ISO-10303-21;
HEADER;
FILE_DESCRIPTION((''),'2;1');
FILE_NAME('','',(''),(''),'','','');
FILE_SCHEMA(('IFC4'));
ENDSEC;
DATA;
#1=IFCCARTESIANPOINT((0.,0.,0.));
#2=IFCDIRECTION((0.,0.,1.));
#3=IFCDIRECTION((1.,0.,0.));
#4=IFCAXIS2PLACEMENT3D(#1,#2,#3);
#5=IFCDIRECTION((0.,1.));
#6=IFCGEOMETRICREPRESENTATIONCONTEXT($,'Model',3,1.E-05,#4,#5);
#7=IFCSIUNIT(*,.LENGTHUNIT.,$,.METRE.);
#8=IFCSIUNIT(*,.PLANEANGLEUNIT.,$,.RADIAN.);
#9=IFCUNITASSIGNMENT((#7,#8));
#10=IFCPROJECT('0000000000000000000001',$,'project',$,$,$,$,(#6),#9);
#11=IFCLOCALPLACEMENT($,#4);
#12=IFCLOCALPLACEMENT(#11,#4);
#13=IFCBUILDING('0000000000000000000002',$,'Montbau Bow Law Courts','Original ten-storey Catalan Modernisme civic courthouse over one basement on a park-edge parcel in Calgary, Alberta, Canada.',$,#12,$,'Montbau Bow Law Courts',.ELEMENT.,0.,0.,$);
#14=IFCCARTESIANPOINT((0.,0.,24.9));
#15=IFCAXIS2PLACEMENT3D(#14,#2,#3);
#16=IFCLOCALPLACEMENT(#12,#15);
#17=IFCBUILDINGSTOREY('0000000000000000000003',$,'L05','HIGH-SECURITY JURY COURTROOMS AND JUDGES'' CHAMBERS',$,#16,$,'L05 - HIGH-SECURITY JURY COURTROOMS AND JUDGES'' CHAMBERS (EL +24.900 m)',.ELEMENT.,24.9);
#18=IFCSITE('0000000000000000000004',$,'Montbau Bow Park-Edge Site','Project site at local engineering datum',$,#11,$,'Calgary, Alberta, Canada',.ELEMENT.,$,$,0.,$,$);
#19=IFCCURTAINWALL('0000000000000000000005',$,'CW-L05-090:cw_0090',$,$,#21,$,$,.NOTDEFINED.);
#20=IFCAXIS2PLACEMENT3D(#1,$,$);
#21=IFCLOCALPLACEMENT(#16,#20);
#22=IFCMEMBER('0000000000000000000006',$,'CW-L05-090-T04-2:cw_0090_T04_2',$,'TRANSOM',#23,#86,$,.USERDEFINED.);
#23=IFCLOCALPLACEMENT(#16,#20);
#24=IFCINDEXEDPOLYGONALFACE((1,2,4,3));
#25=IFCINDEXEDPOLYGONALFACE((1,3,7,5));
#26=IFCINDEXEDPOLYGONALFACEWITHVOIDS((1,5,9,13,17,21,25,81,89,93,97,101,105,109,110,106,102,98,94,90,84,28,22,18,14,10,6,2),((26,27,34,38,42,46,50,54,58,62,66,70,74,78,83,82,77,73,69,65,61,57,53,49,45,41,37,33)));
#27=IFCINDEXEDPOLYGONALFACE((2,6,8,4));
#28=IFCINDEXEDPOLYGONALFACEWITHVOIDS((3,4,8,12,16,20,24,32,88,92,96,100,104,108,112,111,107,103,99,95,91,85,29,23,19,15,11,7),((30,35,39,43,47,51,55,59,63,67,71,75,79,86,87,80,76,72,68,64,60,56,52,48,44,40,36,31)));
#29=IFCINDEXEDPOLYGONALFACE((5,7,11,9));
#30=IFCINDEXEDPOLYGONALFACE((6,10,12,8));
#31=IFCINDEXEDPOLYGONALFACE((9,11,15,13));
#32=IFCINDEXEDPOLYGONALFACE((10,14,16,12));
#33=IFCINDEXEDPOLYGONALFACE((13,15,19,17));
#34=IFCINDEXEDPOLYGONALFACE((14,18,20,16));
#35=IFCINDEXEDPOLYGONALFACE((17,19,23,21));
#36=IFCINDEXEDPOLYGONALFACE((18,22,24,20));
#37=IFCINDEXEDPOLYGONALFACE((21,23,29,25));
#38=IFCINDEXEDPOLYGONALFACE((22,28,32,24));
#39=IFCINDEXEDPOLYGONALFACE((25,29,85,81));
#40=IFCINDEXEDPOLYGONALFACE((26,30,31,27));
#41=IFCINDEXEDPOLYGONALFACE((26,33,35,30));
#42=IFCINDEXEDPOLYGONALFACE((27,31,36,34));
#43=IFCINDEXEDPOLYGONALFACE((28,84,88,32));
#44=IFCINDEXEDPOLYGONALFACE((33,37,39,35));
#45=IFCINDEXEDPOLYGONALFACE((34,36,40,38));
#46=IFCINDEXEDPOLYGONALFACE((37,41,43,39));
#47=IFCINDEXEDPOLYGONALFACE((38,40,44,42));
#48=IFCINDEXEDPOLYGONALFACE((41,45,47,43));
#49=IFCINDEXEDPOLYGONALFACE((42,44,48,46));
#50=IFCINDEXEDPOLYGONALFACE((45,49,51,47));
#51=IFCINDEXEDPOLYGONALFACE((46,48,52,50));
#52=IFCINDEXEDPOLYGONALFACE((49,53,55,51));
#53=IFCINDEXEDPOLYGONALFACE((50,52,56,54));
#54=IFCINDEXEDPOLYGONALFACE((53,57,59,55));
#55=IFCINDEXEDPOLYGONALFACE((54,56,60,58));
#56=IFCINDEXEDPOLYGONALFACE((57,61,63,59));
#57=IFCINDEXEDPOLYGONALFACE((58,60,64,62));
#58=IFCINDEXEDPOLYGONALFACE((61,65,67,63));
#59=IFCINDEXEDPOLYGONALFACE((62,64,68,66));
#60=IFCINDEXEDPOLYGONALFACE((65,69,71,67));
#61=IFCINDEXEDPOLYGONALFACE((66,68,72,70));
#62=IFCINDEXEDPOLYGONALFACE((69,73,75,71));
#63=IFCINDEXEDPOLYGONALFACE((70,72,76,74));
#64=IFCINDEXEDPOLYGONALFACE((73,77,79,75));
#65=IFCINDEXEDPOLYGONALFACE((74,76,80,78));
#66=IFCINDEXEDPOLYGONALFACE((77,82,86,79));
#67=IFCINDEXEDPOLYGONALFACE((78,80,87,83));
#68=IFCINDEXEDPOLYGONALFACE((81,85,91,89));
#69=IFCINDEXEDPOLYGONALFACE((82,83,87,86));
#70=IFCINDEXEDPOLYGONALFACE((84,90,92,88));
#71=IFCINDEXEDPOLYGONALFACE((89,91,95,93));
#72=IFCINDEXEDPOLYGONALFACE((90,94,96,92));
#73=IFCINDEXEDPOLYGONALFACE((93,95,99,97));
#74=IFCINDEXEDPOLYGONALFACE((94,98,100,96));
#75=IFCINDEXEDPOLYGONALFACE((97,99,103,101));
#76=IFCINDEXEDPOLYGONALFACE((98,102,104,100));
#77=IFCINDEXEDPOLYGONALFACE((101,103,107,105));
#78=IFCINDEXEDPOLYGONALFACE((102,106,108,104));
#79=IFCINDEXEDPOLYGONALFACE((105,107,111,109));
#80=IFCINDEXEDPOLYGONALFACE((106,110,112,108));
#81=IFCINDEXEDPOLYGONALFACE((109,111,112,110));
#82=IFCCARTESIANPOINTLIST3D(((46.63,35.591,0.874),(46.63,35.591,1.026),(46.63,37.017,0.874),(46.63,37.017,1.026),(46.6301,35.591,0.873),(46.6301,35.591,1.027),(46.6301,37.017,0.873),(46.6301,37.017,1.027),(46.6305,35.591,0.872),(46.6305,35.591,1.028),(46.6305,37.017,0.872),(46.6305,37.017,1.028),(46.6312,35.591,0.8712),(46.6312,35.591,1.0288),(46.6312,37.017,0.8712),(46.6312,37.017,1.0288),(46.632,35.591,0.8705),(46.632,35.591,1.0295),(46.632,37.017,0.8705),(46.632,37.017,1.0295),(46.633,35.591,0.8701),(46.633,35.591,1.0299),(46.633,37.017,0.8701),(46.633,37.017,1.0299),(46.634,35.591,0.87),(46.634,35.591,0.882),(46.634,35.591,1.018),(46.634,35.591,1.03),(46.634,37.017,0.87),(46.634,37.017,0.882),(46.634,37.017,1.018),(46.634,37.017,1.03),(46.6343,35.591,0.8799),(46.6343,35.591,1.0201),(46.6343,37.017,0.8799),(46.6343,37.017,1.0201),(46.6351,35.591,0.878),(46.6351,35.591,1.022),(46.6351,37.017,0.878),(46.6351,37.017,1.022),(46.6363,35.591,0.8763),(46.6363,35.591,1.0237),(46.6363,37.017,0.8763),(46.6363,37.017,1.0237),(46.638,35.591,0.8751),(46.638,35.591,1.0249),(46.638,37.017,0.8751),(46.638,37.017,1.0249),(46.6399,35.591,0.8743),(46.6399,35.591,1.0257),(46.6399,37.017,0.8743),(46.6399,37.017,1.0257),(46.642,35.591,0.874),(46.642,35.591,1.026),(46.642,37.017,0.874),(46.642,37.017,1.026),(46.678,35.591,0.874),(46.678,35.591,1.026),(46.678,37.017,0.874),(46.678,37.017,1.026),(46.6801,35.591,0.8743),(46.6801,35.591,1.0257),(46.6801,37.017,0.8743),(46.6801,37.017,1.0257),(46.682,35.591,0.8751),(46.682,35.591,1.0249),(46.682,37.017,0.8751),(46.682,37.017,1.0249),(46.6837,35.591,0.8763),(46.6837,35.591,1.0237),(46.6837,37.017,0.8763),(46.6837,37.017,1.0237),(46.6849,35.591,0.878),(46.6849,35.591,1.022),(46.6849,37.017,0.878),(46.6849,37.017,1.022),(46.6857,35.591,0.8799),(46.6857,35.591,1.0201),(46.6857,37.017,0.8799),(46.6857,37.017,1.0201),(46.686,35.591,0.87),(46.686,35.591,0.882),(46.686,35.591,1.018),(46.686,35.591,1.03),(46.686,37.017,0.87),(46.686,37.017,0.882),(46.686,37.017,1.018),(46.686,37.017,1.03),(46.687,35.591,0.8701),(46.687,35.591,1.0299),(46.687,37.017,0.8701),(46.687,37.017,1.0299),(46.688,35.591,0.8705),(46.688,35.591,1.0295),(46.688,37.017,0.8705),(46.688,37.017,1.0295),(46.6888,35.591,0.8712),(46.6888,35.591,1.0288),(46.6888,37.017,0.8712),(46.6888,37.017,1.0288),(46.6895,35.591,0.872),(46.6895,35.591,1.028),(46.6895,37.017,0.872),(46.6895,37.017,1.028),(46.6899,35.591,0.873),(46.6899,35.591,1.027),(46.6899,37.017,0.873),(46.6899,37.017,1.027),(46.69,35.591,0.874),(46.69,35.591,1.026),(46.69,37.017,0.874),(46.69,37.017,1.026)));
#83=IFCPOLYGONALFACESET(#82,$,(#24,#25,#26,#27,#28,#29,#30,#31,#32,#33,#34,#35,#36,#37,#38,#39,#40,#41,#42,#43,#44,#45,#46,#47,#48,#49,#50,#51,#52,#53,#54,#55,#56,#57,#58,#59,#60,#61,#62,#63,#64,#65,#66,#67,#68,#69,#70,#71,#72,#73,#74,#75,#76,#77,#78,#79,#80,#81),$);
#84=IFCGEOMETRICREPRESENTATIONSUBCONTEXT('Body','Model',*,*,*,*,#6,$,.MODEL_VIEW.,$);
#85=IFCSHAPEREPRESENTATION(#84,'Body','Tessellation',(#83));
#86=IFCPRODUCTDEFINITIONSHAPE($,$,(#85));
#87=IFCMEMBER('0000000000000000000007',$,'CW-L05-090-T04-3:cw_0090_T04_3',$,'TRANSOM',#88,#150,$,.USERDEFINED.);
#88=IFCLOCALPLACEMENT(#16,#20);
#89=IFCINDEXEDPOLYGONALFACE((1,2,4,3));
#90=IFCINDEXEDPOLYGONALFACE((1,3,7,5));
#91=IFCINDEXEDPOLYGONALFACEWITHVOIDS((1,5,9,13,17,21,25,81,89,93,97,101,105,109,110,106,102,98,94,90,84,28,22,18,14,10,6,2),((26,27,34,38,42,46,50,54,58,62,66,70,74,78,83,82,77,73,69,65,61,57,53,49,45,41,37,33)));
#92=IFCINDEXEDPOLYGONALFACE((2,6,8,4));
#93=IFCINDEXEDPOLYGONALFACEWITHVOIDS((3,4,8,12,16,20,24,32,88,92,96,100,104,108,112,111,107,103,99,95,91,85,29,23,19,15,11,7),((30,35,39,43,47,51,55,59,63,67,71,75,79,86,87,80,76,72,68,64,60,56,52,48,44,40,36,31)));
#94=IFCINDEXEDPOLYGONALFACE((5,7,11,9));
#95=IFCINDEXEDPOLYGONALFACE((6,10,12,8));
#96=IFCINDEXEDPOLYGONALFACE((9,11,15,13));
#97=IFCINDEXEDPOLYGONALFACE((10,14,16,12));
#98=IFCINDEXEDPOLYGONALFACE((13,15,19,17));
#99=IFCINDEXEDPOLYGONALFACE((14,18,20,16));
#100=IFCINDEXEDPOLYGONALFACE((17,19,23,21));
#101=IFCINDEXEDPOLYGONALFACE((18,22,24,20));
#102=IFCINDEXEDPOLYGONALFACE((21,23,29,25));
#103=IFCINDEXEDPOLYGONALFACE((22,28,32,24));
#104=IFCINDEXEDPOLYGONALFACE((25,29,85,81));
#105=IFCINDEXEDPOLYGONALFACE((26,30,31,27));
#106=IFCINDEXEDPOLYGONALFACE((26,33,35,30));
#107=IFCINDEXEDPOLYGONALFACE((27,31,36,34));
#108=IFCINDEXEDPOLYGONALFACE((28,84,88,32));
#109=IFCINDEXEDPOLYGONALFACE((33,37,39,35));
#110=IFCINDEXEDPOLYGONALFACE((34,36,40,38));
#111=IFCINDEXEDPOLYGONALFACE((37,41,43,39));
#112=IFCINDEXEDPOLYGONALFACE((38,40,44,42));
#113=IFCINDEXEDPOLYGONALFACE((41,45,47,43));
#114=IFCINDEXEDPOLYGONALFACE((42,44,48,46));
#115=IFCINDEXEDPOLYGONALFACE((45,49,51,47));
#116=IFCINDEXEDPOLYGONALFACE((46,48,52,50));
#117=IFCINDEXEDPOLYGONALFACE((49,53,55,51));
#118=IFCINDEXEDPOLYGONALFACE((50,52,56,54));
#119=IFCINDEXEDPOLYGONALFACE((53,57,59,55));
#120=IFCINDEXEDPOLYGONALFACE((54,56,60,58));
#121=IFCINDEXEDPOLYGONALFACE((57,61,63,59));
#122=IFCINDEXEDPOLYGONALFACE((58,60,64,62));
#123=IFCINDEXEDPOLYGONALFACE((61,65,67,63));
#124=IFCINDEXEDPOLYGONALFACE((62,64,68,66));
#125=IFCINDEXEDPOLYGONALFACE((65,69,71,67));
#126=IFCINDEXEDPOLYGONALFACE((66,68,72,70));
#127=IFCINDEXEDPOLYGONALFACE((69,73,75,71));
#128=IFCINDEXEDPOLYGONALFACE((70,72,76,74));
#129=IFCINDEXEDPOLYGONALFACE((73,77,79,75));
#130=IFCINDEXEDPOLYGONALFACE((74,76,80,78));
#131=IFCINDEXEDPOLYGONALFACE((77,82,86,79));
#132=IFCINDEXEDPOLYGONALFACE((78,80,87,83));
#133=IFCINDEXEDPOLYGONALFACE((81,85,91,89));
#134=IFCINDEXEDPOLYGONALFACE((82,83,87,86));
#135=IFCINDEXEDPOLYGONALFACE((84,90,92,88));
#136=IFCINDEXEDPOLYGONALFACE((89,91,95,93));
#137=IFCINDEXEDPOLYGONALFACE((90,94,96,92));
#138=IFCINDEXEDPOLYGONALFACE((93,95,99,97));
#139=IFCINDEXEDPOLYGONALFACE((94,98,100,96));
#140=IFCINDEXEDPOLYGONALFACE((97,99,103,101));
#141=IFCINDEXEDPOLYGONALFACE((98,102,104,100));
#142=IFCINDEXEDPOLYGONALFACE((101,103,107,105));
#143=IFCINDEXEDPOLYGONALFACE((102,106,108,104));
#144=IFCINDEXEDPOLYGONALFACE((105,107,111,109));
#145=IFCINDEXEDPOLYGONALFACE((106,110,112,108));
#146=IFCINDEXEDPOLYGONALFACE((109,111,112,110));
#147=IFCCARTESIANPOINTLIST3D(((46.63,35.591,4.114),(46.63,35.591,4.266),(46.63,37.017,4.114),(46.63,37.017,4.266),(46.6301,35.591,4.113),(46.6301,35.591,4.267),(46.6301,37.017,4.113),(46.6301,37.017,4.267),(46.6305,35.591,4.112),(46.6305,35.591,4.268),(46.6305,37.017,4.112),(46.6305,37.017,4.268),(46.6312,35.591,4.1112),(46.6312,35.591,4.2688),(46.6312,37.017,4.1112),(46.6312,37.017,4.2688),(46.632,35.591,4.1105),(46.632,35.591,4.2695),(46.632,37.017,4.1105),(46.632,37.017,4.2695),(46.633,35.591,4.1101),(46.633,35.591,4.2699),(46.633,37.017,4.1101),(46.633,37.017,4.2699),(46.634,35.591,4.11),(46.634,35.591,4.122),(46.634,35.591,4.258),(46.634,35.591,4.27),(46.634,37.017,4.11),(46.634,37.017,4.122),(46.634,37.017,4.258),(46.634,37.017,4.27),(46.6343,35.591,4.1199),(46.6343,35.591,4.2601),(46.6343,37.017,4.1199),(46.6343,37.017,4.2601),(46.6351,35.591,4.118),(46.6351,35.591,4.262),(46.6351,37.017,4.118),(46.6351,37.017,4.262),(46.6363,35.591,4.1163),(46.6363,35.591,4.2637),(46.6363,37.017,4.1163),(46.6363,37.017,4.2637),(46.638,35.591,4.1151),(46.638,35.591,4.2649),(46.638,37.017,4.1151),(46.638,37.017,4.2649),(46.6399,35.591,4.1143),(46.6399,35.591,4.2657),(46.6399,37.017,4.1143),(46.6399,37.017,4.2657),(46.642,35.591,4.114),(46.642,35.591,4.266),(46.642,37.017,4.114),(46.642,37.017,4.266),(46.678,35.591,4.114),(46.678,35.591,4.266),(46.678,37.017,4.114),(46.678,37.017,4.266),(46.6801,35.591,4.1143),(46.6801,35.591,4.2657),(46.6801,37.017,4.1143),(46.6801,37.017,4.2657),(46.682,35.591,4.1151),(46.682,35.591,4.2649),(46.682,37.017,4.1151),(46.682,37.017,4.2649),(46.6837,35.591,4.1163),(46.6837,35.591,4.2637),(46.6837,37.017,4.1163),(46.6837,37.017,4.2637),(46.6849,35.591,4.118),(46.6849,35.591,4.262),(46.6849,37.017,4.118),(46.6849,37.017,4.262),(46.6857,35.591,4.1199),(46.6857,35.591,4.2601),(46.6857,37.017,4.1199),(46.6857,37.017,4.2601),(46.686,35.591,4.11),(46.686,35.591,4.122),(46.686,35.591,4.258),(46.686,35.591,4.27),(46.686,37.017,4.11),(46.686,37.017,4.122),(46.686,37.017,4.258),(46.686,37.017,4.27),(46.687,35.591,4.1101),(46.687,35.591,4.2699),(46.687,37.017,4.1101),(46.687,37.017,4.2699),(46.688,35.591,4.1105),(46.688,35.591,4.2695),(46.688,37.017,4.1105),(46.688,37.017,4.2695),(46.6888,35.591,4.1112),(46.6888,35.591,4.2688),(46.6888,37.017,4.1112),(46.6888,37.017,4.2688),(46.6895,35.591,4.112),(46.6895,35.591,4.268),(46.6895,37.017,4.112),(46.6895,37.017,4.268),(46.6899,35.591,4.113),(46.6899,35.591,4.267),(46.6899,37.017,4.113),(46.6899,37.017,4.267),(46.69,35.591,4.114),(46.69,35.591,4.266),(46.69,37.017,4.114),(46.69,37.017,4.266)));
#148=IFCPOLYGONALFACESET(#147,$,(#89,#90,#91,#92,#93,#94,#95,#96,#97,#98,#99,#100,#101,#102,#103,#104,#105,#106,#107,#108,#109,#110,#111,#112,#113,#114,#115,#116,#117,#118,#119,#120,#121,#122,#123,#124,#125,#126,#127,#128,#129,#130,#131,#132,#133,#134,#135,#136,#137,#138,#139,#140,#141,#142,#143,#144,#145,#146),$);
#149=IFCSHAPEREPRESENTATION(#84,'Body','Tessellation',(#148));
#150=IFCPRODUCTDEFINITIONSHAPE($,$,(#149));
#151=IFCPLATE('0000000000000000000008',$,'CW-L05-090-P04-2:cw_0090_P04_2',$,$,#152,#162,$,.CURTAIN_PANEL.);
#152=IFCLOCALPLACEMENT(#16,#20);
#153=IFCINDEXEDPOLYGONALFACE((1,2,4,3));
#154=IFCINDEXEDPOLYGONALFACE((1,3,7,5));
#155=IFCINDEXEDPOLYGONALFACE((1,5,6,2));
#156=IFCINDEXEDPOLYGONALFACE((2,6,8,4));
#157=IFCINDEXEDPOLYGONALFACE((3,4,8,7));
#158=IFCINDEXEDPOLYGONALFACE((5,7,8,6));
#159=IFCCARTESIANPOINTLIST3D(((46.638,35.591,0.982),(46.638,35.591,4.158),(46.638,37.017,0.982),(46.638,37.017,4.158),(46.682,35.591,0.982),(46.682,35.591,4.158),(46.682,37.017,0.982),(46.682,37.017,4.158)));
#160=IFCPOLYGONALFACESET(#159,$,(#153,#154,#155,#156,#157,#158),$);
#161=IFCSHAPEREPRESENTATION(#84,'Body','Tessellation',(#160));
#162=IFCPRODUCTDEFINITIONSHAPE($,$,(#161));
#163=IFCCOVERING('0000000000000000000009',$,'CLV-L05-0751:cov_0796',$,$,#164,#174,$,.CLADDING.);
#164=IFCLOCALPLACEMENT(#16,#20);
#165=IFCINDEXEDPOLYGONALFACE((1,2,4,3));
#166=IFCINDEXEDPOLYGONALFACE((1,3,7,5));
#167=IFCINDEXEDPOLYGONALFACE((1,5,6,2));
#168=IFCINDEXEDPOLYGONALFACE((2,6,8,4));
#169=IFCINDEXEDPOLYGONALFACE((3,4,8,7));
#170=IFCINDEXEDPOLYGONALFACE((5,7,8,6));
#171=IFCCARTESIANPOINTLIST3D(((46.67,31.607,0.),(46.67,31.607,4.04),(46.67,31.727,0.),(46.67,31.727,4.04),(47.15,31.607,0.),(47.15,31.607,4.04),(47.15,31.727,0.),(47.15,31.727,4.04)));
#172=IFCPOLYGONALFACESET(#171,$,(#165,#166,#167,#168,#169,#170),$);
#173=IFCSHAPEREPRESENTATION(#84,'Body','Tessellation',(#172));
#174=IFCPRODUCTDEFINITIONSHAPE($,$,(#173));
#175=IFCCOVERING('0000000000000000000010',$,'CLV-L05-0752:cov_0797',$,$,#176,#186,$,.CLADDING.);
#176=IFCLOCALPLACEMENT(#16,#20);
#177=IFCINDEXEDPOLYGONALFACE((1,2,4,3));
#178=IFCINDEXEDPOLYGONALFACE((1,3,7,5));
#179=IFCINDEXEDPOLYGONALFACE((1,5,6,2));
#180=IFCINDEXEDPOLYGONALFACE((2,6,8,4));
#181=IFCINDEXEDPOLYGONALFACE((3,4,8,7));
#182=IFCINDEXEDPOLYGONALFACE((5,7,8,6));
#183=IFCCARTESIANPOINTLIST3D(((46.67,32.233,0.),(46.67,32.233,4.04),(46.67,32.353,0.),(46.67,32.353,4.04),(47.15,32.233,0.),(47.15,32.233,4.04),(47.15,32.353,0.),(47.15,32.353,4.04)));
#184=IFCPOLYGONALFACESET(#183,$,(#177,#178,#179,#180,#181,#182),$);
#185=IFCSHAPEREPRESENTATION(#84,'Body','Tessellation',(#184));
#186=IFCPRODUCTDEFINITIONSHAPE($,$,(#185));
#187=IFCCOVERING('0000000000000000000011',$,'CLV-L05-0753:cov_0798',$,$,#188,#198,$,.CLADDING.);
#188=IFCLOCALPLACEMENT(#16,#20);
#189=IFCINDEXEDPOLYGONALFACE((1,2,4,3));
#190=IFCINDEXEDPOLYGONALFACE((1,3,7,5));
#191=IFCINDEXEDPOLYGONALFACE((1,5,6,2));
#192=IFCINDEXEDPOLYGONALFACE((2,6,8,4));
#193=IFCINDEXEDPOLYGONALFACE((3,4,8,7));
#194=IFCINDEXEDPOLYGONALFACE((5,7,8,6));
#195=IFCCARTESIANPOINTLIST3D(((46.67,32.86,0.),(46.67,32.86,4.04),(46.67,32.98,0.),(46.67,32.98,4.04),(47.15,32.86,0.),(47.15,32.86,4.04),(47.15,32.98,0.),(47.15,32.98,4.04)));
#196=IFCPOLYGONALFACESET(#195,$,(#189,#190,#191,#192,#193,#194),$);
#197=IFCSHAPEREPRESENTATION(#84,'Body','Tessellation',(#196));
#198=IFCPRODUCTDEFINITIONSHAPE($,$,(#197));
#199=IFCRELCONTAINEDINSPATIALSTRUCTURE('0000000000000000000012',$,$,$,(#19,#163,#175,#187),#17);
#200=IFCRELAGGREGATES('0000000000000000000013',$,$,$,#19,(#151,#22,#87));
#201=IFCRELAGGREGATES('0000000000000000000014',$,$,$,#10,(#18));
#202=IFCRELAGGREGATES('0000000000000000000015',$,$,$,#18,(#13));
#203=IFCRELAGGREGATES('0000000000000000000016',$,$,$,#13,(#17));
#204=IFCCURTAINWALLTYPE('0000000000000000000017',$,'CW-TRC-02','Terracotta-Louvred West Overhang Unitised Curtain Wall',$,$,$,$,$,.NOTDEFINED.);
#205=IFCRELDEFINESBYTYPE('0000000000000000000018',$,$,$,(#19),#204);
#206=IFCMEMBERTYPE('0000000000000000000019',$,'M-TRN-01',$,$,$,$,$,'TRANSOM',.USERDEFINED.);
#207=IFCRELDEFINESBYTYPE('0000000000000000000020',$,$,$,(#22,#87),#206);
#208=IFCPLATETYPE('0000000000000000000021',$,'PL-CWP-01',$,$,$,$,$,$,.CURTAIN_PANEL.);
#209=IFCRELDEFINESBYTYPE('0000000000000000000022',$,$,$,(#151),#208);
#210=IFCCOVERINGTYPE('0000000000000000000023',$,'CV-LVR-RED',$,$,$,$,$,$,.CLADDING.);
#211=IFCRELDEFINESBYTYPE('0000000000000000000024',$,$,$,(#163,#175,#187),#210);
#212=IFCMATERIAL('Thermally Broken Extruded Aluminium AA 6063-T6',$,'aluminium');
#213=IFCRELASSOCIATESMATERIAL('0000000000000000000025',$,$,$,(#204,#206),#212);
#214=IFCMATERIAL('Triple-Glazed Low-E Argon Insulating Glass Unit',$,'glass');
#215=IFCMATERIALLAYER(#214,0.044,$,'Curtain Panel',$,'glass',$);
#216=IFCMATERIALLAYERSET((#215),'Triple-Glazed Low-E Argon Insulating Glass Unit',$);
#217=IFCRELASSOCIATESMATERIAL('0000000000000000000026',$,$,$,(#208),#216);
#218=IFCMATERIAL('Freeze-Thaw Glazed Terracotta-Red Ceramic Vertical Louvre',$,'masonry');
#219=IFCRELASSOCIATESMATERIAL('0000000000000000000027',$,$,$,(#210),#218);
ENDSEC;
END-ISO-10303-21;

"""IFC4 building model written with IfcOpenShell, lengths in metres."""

from ifc_helpers import new_model, si_unit, direction, frame, frame_2d, origin_with_axes, origin_2d_with_axis, place, context, subcontext, project, spatial, rectangle, hollow_rectangle, extrude, material, layer, layer_set, material_profile, profile_set, type_object, element, aggregate, save


model = new_model("IFC4")

# Units and contexts
model_context = context("Model", 3, precision=1e-05, world=origin_with_axes(), true_north=direction((0.0, 1.0)))
body_context = subcontext(model_context, "Body", "Model", "MODEL_VIEW")
ifc_project = project(units=[si_unit("LENGTHUNIT", "METRE"), si_unit("PLANEANGLEUNIT", "RADIAN")], contexts=[model_context])

# Site, building, storey
site_placement = place(None, origin_with_axes())
site = spatial("IfcSite", under=ifc_project, at=site_placement, Name="Montbau Bow Park-Edge Site", Description="Project site at local engineering datum", LongName="Calgary, Alberta, Canada", CompositionType="ELEMENT", RefElevation=0.0)
building_placement = place(site_placement, origin_with_axes())
building = spatial("IfcBuilding", under=site, at=building_placement, Name="Montbau Bow Law Courts", Description="Original ten-storey Catalan Modernisme civic courthouse over one basement on a park-edge parcel in Calgary, Alberta, Canada.", LongName="Montbau Bow Law Courts", CompositionType="ELEMENT", ElevationOfRefHeight=0.0, ElevationOfTerrain=0.0)
storey_placement = place(building_placement, frame((0.0, 0.0, 24.9), z_axis=(0.0, 0.0, 1.0), x_axis=(1.0, 0.0, 0.0)))
storey = spatial("IfcBuildingStorey", under=building, at=storey_placement, Name="L05", Description="HIGH-SECURITY JURY COURTROOMS AND JUDGES' CHAMBERS", LongName="L05 - HIGH-SECURITY JURY COURTROOMS AND JUDGES' CHAMBERS (EL +24.900 m)", CompositionType="ELEMENT", Elevation=24.9)

# Curtain wall, members, plate
ifc_material_1 = material(Name="Thermally Broken Extruded Aluminium AA 6063-T6", Category="aluminium")
curtain_wall_type = type_object("IfcCurtainWallType", Name="CW-TRC-02", Description="Terracotta-Louvred West Overhang Unitised Curtain Wall", PredefinedType="NOTDEFINED", material=ifc_material_1)
curtain_wall_placement = place(None, frame((46.66, 31.04, 24.9), z_axis=(0.0, 0.0, 1.0), x_axis=(1.0, 0.0, 0.0)))
curtain_wall = element("IfcCurtainWall", 1, at=curtain_wall_placement, inside=storey, type_object=curtain_wall_type, Name="CW-L05-090:cw_0090", PredefinedType="NOTDEFINED")
ifc_material_profile_1 = material_profile(ifc_material_1, hollow_rectangle(XDim=0.06, YDim=0.16, WallThickness=0.004, InnerFilletRadius=0.008, OuterFilletRadius=0.004, at=origin_2d_with_axis()), Name="CWT-160X60", Category="Main", Priority=0)
ifc_profile_set_1 = profile_set([ifc_material_profile_1], Name="Thermally Broken Extruded Aluminium AA 6063-T6")
member_type = type_object("IfcMemberType", Name="M-TRN-01", ElementType="TRANSOM", PredefinedType="USERDEFINED", material=ifc_profile_set_1)
member_1_placement = place(None, frame((46.66, 35.591, 25.85), z_axis=(0.0, 1.0, 0.0), x_axis=(-1.0, 0.0, 0.0)))
member_1 = element("IfcMember", 2, at=member_1_placement, type_object=member_type, Name="CW-L05-090-T04-2:cw_0090_T04_2", ObjectType="TRANSOM", PredefinedType="USERDEFINED", context=body_context, shape_type="SweptSolid", body=[
    extrude(hollow_rectangle(XDim=0.06, YDim=0.16, WallThickness=0.004, InnerFilletRadius=0.008, OuterFilletRadius=0.004, at=origin_2d_with_axis()), origin_with_axes(), (0.0, 0.0, 1.0), 1.426),
])
member_2_placement = place(None, frame((46.66, 35.591, 29.09), z_axis=(0.0, 1.0, 0.0), x_axis=(-1.0, 0.0, 0.0)))
member_2 = element("IfcMember", 3, at=member_2_placement, type_object=member_type, Name="CW-L05-090-T04-3:cw_0090_T04_3", ObjectType="TRANSOM", PredefinedType="USERDEFINED", context=body_context, shape_type="SweptSolid", body=[
    extrude(hollow_rectangle(XDim=0.06, YDim=0.16, WallThickness=0.004, InnerFilletRadius=0.008, OuterFilletRadius=0.004, at=origin_2d_with_axis()), origin_with_axes(), (0.0, 0.0, 1.0), 1.426),
])
ifc_material_2 = material(Name="Triple-Glazed Low-E Argon Insulating Glass Unit", Category="glass")
ifc_layer = layer(ifc_material_2, 0.044, Name="Curtain Panel", Category="glass")
ifc_layer_set = layer_set([ifc_layer], Name="Triple-Glazed Low-E Argon Insulating Glass Unit")
plate_type = type_object("IfcPlateType", Name="PL-CWP-01", PredefinedType="CURTAIN_PANEL", material=ifc_layer_set)
plate_placement = place(None, frame((46.66, 35.591, 25.882), z_axis=(1.0, 0.0, 0.0), x_axis=(0.0, 1.0, 0.0)))
plate = element("IfcPlate", 4, at=plate_placement, type_object=plate_type, Name="CW-L05-090-P04-2:cw_0090_P04_2", PredefinedType="CURTAIN_PANEL", context=body_context, shape_type="SweptSolid", body=[
    extrude(rectangle(XDim=1.426, YDim=3.176, at=frame_2d((0.713, 1.588), x_axis=(1.0, 0.0))), frame((0.0, 0.0, -0.022), z_axis=(0.0, 0.0, 1.0), x_axis=(1.0, 0.0, 0.0)), (0.0, 0.0, 1.0), 0.044),
])
aggregate(curtain_wall, [plate, member_1, member_2])

# Coverings
ifc_material_3 = material(Name="Freeze-Thaw Glazed Terracotta-Red Ceramic Vertical Louvre", Category="masonry")
covering_type = type_object("IfcCoveringType", Name="CV-LVR-RED", PredefinedType="CLADDING", material=ifc_material_3)
for number, where, z_axis, x_axis, name in (
    (5, (46.67, 31.667, 24.9), (0.0, -1.0, 0.0), (1.0, 0.0, 0.0), "CLV-L05-0751:cov_0796"),
    (6, (46.67, 32.293, 24.9), (0.0, -1.0, 0.0), (1.0, 0.0, 0.0), "CLV-L05-0752:cov_0797"),
    (7, (46.67, 32.92, 24.9), (0.0, -1.0, 0.0), (1.0, 0.0, 0.0), "CLV-L05-0753:cov_0798"),
):
    element("IfcCovering", number, at=place(None, frame(where, z_axis=z_axis, x_axis=x_axis)), inside=storey, type_object=covering_type, Name=name, PredefinedType="CLADDING", context=body_context, shape_type="SweptSolid", body=[
        extrude(rectangle(XDim=0.48, YDim=4.04, at=frame_2d((0.24, 2.02), x_axis=(1.0, 0.0))), frame((0.0, 0.0, -0.06), z_axis=(0.0, 0.0, 1.0), x_axis=(1.0, 0.0, 0.0)), (0.0, 0.0, 1.0), 0.12),
    ])

save(model, "model.ifc")
